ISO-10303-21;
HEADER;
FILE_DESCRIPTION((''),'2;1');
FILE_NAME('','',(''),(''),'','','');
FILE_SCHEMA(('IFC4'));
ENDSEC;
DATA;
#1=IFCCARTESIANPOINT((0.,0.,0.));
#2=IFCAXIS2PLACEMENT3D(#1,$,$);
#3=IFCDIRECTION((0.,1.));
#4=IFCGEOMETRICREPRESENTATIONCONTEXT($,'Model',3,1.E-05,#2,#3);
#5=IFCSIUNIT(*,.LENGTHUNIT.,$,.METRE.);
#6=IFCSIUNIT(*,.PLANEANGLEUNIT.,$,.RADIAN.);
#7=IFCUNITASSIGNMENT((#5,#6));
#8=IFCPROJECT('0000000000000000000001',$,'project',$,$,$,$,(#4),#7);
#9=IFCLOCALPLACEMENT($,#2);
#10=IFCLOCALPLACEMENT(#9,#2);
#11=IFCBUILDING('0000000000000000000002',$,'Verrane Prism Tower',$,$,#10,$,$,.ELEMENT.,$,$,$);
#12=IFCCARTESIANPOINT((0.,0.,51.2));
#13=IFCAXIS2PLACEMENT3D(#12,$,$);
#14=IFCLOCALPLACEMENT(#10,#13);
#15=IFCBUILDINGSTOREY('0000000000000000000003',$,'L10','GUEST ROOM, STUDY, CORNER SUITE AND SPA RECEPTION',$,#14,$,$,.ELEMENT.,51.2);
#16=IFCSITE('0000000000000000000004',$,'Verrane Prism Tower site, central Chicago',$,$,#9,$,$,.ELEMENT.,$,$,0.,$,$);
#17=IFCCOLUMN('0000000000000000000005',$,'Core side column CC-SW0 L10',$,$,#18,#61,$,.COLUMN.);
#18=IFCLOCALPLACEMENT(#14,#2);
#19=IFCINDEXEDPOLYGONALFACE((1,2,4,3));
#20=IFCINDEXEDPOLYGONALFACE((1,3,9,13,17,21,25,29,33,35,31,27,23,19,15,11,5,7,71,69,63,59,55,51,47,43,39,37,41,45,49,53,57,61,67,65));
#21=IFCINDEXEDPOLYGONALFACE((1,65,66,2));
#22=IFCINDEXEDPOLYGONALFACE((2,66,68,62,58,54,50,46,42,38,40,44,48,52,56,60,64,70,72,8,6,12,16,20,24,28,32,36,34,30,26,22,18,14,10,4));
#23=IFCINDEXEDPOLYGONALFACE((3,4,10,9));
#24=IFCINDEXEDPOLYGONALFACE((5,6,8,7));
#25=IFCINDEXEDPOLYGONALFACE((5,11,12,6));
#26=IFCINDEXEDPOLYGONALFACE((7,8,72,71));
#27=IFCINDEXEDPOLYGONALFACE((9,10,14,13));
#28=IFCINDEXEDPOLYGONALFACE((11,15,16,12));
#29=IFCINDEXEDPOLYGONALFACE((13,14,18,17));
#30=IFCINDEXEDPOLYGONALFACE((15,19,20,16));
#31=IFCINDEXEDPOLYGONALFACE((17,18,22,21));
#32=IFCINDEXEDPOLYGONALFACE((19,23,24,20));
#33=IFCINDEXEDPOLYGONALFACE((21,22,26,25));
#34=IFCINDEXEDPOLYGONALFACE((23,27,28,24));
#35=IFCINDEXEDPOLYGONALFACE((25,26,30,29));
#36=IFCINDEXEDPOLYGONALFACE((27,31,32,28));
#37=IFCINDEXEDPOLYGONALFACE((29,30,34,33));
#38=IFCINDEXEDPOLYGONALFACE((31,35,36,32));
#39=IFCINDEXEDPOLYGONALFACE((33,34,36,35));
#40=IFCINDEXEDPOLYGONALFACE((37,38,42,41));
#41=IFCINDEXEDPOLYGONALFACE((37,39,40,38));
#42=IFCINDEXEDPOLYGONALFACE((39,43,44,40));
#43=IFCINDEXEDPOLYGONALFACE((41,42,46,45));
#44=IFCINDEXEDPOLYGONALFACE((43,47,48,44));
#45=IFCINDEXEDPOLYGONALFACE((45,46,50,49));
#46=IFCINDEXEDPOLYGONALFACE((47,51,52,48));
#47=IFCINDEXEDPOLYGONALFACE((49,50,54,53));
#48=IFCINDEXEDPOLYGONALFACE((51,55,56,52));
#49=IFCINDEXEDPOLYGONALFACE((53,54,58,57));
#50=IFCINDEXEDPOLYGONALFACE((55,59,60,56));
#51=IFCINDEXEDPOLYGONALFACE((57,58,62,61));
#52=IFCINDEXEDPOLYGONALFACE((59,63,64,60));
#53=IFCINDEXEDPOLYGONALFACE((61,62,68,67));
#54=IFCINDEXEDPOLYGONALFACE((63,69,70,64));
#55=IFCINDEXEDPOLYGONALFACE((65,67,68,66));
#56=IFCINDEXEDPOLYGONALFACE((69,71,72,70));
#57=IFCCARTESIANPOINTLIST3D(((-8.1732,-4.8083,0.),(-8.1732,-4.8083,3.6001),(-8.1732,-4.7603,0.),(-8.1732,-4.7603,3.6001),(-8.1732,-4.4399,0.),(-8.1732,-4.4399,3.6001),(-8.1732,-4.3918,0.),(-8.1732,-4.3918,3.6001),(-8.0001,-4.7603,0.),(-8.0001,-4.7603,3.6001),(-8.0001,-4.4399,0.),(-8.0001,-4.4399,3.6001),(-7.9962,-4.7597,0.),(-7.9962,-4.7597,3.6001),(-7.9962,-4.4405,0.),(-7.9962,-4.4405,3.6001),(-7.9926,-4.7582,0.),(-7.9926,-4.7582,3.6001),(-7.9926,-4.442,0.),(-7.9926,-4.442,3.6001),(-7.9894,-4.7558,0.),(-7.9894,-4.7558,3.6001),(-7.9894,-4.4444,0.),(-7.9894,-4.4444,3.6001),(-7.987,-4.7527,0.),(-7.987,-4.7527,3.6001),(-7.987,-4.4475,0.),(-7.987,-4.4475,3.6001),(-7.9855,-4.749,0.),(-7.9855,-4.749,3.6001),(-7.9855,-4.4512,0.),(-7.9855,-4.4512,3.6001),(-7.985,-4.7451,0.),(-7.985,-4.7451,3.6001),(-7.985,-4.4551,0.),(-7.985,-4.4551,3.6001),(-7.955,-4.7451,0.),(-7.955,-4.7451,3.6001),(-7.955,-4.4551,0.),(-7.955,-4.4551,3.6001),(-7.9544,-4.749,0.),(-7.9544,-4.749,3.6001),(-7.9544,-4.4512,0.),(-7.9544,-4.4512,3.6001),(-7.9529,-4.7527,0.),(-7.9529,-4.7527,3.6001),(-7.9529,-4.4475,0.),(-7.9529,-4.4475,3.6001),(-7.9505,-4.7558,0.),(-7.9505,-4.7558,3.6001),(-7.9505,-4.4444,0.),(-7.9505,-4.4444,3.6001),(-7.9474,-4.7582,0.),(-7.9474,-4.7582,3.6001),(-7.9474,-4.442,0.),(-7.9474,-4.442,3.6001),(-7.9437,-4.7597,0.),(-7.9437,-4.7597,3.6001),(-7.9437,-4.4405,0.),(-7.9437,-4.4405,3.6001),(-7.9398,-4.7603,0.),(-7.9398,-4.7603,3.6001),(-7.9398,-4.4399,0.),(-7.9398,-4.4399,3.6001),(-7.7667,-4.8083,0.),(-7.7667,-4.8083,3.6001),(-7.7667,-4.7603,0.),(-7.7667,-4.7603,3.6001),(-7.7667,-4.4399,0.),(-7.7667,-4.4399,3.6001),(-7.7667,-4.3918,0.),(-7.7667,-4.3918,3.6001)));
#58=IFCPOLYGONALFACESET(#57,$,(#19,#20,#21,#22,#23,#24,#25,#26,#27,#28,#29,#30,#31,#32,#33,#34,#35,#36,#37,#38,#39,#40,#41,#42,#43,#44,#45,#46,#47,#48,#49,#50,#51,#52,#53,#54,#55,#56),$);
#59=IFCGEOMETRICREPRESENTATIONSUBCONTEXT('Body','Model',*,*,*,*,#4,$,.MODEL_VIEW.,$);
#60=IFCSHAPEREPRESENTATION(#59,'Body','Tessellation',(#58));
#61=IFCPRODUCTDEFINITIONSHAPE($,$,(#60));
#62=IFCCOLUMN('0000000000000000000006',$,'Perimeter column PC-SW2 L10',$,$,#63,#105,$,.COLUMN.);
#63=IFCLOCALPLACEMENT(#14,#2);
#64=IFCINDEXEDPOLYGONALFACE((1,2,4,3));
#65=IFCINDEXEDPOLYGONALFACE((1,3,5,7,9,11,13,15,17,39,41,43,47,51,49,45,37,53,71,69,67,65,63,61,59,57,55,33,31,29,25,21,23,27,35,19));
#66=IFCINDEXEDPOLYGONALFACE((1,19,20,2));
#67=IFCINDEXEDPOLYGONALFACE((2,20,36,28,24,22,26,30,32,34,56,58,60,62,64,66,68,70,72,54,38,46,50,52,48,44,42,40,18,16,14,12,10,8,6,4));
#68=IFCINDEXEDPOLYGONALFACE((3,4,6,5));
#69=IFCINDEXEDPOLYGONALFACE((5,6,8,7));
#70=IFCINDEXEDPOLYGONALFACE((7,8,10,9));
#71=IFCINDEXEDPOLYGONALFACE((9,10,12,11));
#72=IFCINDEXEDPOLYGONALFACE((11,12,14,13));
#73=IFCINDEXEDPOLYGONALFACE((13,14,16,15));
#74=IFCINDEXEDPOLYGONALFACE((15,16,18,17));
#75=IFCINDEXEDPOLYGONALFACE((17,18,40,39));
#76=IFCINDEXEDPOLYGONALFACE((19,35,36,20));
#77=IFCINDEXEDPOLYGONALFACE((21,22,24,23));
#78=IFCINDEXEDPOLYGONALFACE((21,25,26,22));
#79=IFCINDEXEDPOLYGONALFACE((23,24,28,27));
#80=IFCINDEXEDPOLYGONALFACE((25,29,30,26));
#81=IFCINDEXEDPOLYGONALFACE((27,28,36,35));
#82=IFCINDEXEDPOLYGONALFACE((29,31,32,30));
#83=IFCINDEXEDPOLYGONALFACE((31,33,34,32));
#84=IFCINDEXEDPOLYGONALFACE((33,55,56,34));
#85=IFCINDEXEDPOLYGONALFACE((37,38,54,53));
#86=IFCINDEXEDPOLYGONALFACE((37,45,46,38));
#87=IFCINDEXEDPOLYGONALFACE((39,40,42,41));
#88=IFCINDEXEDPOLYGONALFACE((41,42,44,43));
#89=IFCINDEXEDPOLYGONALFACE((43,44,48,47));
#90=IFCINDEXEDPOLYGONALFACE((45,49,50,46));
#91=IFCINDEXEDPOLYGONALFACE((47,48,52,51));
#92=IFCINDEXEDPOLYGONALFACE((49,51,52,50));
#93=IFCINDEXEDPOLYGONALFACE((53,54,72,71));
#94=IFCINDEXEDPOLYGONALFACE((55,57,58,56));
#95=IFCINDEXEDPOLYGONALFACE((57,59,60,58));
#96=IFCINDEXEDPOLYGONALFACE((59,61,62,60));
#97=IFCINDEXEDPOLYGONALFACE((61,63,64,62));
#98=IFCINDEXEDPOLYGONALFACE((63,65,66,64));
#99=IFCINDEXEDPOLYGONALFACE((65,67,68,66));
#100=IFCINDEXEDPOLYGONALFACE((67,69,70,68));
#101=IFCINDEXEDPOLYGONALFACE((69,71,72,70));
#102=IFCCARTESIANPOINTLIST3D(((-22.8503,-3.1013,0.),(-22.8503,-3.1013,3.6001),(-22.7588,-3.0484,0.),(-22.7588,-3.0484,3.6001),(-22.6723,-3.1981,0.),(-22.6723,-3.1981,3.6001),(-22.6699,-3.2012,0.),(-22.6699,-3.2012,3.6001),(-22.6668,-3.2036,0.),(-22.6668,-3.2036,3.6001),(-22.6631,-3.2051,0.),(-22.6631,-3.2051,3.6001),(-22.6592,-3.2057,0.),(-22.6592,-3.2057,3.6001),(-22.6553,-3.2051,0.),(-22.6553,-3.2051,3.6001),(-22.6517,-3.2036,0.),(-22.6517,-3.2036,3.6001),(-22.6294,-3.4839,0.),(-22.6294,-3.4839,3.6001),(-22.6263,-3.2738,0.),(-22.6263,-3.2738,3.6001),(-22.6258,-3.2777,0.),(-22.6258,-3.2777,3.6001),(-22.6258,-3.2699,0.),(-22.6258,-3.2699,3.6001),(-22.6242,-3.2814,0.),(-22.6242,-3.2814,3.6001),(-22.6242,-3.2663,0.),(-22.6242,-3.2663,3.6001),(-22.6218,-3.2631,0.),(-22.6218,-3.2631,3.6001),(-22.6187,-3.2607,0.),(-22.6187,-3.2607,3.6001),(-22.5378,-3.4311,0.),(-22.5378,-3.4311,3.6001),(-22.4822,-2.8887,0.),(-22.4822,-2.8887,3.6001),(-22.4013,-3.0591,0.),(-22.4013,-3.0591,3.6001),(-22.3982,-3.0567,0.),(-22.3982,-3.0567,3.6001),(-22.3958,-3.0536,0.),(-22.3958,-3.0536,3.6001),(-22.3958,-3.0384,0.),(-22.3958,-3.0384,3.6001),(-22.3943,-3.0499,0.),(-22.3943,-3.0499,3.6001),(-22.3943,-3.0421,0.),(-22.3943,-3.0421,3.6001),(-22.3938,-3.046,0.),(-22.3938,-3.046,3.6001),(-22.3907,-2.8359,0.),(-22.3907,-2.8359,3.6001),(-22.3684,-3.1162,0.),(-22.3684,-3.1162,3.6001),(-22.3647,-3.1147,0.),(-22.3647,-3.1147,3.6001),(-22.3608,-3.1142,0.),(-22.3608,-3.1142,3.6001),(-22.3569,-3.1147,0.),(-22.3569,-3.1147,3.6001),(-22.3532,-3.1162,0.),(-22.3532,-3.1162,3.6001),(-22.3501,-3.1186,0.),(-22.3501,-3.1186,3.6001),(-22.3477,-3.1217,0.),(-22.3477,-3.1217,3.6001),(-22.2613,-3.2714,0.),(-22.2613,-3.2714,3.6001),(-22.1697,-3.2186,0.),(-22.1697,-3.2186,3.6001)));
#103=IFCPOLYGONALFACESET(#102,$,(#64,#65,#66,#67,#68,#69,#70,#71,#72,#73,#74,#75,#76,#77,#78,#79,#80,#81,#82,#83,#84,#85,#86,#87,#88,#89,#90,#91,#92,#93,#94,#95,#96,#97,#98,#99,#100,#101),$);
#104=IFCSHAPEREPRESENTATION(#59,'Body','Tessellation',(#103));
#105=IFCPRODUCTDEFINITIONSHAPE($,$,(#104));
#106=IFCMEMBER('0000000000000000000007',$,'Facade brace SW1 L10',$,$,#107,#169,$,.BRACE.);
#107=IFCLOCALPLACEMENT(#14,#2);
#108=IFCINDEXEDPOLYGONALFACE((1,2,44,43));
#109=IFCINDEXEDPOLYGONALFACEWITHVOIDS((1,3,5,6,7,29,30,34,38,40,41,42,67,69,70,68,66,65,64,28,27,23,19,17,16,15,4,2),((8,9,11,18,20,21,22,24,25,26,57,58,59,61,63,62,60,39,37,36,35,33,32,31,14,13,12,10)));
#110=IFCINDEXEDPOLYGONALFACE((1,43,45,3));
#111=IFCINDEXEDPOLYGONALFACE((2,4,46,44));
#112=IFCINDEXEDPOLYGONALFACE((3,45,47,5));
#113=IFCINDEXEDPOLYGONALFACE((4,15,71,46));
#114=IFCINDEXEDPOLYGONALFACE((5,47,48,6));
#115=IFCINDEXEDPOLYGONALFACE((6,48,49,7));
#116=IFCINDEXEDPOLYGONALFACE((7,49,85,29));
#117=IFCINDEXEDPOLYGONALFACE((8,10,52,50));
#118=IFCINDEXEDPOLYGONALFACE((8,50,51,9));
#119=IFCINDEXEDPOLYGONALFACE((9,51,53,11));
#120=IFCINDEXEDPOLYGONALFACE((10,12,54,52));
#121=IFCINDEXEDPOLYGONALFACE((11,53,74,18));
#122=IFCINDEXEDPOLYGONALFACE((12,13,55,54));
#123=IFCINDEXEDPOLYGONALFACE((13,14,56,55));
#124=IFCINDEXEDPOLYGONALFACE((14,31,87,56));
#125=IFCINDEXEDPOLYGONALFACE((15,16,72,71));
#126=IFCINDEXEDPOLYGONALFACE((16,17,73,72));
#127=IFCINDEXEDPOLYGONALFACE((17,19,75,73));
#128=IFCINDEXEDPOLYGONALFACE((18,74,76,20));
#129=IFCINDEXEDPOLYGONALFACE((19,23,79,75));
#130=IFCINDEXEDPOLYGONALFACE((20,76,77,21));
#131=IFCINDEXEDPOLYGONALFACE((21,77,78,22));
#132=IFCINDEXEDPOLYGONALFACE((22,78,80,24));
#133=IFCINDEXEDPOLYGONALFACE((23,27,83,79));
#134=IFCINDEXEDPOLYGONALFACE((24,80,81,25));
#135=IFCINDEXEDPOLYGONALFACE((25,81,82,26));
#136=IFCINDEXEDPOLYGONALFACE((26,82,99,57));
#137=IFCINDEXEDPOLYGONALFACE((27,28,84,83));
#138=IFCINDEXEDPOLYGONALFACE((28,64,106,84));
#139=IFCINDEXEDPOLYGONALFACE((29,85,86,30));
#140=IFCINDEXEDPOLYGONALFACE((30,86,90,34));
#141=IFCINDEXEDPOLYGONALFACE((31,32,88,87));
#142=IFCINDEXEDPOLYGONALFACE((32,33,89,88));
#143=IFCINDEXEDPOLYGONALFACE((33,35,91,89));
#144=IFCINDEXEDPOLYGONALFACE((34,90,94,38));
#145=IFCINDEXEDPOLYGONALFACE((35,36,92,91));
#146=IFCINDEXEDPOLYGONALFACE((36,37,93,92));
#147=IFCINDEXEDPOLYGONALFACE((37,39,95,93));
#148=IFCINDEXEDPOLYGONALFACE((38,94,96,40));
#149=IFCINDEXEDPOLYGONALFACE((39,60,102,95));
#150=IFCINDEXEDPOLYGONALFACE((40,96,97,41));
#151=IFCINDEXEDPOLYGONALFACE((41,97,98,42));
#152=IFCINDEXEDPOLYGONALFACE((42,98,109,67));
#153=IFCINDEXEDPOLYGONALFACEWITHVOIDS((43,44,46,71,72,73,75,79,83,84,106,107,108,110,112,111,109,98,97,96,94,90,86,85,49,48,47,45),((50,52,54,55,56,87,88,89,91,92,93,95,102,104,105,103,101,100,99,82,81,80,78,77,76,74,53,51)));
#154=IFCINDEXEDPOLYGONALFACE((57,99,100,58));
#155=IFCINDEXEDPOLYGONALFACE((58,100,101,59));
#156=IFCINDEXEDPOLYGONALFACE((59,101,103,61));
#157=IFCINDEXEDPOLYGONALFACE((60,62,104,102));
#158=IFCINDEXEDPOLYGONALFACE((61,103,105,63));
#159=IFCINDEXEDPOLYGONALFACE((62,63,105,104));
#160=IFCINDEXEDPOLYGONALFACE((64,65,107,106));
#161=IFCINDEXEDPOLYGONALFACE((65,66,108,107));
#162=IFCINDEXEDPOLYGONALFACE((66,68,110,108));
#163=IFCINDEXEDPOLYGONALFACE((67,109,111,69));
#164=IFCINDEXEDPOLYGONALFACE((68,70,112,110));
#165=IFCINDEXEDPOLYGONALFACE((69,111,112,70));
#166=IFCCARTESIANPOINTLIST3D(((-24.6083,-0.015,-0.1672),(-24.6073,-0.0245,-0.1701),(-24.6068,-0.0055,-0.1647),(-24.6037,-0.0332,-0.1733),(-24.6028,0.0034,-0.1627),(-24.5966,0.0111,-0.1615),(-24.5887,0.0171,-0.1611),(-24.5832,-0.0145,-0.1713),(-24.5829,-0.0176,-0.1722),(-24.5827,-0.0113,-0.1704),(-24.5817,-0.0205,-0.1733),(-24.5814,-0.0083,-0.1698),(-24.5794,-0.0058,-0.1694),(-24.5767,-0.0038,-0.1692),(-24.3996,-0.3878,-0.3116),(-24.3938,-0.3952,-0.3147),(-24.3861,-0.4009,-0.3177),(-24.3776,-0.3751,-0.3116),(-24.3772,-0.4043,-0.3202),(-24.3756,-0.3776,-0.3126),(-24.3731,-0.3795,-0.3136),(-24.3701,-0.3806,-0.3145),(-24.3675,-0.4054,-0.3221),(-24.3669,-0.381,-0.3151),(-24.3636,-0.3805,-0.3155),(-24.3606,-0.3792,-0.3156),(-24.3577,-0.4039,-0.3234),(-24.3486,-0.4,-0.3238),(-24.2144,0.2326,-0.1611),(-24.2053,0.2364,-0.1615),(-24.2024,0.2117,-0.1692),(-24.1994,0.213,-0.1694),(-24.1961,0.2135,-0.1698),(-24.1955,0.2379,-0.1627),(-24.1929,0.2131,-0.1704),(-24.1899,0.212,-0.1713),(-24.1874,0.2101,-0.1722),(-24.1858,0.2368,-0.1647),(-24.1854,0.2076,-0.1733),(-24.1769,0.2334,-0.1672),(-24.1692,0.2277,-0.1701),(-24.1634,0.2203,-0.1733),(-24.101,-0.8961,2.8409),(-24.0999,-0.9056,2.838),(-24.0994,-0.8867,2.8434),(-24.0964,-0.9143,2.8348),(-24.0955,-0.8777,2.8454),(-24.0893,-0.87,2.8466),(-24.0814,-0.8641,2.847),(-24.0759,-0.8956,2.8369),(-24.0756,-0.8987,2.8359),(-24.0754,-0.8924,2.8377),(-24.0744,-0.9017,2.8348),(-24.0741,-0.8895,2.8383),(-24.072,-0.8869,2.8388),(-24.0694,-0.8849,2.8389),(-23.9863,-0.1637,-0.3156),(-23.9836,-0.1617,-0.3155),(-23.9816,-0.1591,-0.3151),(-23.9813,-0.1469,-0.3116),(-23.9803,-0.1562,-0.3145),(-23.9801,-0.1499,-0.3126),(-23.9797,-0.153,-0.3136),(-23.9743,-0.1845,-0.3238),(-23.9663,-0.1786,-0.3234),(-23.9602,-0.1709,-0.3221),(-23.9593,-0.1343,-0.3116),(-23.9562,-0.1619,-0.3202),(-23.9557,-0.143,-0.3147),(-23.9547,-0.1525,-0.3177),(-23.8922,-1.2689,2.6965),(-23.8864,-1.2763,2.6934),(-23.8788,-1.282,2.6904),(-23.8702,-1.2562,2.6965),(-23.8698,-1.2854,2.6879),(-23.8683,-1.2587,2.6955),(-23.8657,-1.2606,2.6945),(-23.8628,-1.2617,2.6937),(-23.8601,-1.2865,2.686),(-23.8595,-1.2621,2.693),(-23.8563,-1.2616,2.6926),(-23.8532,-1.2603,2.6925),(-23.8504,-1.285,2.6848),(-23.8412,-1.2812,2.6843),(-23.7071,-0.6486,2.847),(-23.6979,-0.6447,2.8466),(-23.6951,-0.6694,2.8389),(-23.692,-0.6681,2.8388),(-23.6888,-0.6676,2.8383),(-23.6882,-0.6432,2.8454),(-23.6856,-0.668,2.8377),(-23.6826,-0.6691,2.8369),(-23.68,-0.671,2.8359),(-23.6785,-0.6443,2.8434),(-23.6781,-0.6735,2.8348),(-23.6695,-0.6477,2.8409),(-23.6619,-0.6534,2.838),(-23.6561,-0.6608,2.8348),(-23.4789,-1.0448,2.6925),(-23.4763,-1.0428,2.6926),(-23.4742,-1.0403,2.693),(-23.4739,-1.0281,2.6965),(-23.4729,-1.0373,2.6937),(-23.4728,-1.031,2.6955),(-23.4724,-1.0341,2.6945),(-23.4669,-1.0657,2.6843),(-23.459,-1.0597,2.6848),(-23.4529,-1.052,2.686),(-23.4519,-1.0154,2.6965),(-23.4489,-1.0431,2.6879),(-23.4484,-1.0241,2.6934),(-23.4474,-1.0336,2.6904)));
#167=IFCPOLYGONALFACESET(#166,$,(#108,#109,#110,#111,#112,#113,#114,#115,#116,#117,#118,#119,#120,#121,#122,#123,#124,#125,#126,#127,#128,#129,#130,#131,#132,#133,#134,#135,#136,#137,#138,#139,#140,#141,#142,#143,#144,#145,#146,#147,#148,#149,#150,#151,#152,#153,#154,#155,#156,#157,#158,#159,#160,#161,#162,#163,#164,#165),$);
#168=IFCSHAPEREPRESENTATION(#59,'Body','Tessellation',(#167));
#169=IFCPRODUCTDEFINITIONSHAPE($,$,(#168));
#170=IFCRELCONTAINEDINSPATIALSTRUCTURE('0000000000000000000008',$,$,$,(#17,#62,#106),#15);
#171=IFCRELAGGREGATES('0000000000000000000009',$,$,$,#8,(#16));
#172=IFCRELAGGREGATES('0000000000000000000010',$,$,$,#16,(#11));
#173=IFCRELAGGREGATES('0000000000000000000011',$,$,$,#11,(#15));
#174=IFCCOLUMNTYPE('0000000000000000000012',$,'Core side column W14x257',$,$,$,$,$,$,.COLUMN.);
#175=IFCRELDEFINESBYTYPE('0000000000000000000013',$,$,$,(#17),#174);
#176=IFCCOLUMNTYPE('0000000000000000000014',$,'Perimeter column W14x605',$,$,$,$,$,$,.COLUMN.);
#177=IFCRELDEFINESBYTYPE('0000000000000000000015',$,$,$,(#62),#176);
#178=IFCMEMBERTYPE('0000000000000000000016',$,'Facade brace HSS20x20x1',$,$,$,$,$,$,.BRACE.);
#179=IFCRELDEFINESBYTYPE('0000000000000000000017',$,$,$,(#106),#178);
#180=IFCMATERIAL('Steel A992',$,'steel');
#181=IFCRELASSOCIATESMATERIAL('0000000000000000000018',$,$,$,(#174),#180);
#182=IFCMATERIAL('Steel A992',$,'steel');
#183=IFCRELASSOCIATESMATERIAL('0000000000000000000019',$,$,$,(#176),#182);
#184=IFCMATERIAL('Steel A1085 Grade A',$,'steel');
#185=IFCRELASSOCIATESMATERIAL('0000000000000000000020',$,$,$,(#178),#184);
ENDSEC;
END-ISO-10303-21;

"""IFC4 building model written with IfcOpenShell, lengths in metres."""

from ifc_helpers import new_model, si_unit, direction, frame, origin, origin_2d, place, context, subcontext, project, spatial, hollow_rectangle, i_section, extrude, material, material_profile, profile_set, type_object, element, save


model = new_model("IFC4")

# Units and contexts
model_context = context("Model", 3, precision=1e-05, world=origin(), true_north=direction((0.0, 1.0)))
body_context = subcontext(model_context, "Body", "Model", "MODEL_VIEW")
ifc_project = project(units=[si_unit("LENGTHUNIT", "METRE"), si_unit("PLANEANGLEUNIT", "RADIAN")], contexts=[model_context])

# Site, building, storey
site_placement = place(None, origin())
site = spatial("IfcSite", under=ifc_project, at=site_placement, Name="Verrane Prism Tower site, central Chicago", CompositionType="ELEMENT", RefElevation=0.0)
building_placement = place(site_placement, origin())
building = spatial("IfcBuilding", under=site, at=building_placement, Name="Verrane Prism Tower", CompositionType="ELEMENT")
storey_placement = place(building_placement, frame((0.0, 0.0, 51.2)))
storey = spatial("IfcBuildingStorey", under=building, at=storey_placement, Name="L10", Description="GUEST ROOM, STUDY, CORNER SUITE AND SPA RECEPTION", CompositionType="ELEMENT", Elevation=51.2)

# Columns
ifc_material_1 = material(Name="Steel A992", Category="steel")
ifc_material_profile_1 = material_profile(ifc_material_1, i_section(OverallWidth=0.4065, OverallDepth=0.4165, WebThickness=0.03, FlangeThickness=0.0481, FilletRadius=0.0151, at=origin_2d()), Name="W14x257")
ifc_profile_set_1 = profile_set([ifc_material_profile_1], Name="Steel A992")
column_type_1 = type_object("IfcColumnType", Name="Core side column W14x257", PredefinedType="COLUMN", material=ifc_profile_set_1)
column_1_placement = place(storey_placement, frame((-7.97, -4.6001, 0.0), z_axis=(0.0, 0.0, 1.0), x_axis=(1.0, 0.0, 0.0)))
element("IfcColumn", 1, at=column_1_placement, inside=storey, type_object=column_type_1, Name="Core side column CC-SW0 L10", PredefinedType="COLUMN", context=body_context, shape_type="SweptSolid", body=[
    extrude(i_section(OverallWidth=0.4065, OverallDepth=0.4165, WebThickness=0.03, FlangeThickness=0.0481, FilletRadius=0.0151, at=origin_2d()), origin(), (0.0, 0.0, 1.0), 3.6001),
])
ifc_material_2 = material(Name="Steel A992", Category="steel")
ifc_material_profile_2 = material_profile(ifc_material_2, i_section(OverallWidth=0.4419, OverallDepth=0.5308, WebThickness=0.0659, FlangeThickness=0.1057, FilletRadius=0.0151, at=origin_2d()), Name="W14x605")
ifc_profile_set_2 = profile_set([ifc_material_profile_2], Name="Steel A992")
column_type_2 = type_object("IfcColumnType", Name="Perimeter column W14x605", PredefinedType="COLUMN", material=ifc_profile_set_2)
column_2_placement = place(storey_placement, frame((-22.51, -3.1599, 0.0), z_axis=(0.0, 0.0, 1.0), x_axis=(-0.5, 0.866025, 0.0)))
element("IfcColumn", 2, at=column_2_placement, inside=storey, type_object=column_type_2, Name="Perimeter column PC-SW2 L10", PredefinedType="COLUMN", context=body_context, shape_type="SweptSolid", body=[
    extrude(i_section(OverallWidth=0.4419, OverallDepth=0.5308, WebThickness=0.0659, FlangeThickness=0.1057, FilletRadius=0.0151, at=origin_2d()), origin(), (0.0, 0.0, 1.0), 3.6001),
])

# Member
ifc_material_3 = material(Name="Steel A1085 Grade A", Category="steel")
ifc_material_profile_3 = material_profile(ifc_material_3, hollow_rectangle(XDim=0.5081, YDim=0.5081, WallThickness=0.0254, InnerFilletRadius=0.0127, OuterFilletRadius=0.0381, at=origin_2d()), Name="HSS20x20x1")
ifc_profile_set_3 = profile_set([ifc_material_profile_3], Name="Steel A1085 Grade A")
member_type_1 = type_object("IfcMemberType", Name="Facade brace HSS20x20x1", PredefinedType="BRACE", material=ifc_profile_set_3)
for number, where, z_axis, x_axis, name in (
    (3, (-24.2815, -0.0837, -0.2424), (0.159775, -0.277492, 0.947349), (0.866613, 0.498981, 0.0), "Facade brace SW1 L10"),
):
    element("IfcMember", number, at=place(storey_placement, frame(where, z_axis=z_axis, x_axis=x_axis)), inside=storey, type_object=member_type_1, Name=name, PredefinedType="BRACE", context=body_context, shape_type="SweptSolid", body=[
        extrude(hollow_rectangle(XDim=0.5081, YDim=0.5081, WallThickness=0.0254, InnerFilletRadius=0.0127, OuterFilletRadius=0.0381, at=origin_2d()), origin(), (0.0, 0.0, 1.0), 3.1753),
    ])

save(model, "model.ifc")
